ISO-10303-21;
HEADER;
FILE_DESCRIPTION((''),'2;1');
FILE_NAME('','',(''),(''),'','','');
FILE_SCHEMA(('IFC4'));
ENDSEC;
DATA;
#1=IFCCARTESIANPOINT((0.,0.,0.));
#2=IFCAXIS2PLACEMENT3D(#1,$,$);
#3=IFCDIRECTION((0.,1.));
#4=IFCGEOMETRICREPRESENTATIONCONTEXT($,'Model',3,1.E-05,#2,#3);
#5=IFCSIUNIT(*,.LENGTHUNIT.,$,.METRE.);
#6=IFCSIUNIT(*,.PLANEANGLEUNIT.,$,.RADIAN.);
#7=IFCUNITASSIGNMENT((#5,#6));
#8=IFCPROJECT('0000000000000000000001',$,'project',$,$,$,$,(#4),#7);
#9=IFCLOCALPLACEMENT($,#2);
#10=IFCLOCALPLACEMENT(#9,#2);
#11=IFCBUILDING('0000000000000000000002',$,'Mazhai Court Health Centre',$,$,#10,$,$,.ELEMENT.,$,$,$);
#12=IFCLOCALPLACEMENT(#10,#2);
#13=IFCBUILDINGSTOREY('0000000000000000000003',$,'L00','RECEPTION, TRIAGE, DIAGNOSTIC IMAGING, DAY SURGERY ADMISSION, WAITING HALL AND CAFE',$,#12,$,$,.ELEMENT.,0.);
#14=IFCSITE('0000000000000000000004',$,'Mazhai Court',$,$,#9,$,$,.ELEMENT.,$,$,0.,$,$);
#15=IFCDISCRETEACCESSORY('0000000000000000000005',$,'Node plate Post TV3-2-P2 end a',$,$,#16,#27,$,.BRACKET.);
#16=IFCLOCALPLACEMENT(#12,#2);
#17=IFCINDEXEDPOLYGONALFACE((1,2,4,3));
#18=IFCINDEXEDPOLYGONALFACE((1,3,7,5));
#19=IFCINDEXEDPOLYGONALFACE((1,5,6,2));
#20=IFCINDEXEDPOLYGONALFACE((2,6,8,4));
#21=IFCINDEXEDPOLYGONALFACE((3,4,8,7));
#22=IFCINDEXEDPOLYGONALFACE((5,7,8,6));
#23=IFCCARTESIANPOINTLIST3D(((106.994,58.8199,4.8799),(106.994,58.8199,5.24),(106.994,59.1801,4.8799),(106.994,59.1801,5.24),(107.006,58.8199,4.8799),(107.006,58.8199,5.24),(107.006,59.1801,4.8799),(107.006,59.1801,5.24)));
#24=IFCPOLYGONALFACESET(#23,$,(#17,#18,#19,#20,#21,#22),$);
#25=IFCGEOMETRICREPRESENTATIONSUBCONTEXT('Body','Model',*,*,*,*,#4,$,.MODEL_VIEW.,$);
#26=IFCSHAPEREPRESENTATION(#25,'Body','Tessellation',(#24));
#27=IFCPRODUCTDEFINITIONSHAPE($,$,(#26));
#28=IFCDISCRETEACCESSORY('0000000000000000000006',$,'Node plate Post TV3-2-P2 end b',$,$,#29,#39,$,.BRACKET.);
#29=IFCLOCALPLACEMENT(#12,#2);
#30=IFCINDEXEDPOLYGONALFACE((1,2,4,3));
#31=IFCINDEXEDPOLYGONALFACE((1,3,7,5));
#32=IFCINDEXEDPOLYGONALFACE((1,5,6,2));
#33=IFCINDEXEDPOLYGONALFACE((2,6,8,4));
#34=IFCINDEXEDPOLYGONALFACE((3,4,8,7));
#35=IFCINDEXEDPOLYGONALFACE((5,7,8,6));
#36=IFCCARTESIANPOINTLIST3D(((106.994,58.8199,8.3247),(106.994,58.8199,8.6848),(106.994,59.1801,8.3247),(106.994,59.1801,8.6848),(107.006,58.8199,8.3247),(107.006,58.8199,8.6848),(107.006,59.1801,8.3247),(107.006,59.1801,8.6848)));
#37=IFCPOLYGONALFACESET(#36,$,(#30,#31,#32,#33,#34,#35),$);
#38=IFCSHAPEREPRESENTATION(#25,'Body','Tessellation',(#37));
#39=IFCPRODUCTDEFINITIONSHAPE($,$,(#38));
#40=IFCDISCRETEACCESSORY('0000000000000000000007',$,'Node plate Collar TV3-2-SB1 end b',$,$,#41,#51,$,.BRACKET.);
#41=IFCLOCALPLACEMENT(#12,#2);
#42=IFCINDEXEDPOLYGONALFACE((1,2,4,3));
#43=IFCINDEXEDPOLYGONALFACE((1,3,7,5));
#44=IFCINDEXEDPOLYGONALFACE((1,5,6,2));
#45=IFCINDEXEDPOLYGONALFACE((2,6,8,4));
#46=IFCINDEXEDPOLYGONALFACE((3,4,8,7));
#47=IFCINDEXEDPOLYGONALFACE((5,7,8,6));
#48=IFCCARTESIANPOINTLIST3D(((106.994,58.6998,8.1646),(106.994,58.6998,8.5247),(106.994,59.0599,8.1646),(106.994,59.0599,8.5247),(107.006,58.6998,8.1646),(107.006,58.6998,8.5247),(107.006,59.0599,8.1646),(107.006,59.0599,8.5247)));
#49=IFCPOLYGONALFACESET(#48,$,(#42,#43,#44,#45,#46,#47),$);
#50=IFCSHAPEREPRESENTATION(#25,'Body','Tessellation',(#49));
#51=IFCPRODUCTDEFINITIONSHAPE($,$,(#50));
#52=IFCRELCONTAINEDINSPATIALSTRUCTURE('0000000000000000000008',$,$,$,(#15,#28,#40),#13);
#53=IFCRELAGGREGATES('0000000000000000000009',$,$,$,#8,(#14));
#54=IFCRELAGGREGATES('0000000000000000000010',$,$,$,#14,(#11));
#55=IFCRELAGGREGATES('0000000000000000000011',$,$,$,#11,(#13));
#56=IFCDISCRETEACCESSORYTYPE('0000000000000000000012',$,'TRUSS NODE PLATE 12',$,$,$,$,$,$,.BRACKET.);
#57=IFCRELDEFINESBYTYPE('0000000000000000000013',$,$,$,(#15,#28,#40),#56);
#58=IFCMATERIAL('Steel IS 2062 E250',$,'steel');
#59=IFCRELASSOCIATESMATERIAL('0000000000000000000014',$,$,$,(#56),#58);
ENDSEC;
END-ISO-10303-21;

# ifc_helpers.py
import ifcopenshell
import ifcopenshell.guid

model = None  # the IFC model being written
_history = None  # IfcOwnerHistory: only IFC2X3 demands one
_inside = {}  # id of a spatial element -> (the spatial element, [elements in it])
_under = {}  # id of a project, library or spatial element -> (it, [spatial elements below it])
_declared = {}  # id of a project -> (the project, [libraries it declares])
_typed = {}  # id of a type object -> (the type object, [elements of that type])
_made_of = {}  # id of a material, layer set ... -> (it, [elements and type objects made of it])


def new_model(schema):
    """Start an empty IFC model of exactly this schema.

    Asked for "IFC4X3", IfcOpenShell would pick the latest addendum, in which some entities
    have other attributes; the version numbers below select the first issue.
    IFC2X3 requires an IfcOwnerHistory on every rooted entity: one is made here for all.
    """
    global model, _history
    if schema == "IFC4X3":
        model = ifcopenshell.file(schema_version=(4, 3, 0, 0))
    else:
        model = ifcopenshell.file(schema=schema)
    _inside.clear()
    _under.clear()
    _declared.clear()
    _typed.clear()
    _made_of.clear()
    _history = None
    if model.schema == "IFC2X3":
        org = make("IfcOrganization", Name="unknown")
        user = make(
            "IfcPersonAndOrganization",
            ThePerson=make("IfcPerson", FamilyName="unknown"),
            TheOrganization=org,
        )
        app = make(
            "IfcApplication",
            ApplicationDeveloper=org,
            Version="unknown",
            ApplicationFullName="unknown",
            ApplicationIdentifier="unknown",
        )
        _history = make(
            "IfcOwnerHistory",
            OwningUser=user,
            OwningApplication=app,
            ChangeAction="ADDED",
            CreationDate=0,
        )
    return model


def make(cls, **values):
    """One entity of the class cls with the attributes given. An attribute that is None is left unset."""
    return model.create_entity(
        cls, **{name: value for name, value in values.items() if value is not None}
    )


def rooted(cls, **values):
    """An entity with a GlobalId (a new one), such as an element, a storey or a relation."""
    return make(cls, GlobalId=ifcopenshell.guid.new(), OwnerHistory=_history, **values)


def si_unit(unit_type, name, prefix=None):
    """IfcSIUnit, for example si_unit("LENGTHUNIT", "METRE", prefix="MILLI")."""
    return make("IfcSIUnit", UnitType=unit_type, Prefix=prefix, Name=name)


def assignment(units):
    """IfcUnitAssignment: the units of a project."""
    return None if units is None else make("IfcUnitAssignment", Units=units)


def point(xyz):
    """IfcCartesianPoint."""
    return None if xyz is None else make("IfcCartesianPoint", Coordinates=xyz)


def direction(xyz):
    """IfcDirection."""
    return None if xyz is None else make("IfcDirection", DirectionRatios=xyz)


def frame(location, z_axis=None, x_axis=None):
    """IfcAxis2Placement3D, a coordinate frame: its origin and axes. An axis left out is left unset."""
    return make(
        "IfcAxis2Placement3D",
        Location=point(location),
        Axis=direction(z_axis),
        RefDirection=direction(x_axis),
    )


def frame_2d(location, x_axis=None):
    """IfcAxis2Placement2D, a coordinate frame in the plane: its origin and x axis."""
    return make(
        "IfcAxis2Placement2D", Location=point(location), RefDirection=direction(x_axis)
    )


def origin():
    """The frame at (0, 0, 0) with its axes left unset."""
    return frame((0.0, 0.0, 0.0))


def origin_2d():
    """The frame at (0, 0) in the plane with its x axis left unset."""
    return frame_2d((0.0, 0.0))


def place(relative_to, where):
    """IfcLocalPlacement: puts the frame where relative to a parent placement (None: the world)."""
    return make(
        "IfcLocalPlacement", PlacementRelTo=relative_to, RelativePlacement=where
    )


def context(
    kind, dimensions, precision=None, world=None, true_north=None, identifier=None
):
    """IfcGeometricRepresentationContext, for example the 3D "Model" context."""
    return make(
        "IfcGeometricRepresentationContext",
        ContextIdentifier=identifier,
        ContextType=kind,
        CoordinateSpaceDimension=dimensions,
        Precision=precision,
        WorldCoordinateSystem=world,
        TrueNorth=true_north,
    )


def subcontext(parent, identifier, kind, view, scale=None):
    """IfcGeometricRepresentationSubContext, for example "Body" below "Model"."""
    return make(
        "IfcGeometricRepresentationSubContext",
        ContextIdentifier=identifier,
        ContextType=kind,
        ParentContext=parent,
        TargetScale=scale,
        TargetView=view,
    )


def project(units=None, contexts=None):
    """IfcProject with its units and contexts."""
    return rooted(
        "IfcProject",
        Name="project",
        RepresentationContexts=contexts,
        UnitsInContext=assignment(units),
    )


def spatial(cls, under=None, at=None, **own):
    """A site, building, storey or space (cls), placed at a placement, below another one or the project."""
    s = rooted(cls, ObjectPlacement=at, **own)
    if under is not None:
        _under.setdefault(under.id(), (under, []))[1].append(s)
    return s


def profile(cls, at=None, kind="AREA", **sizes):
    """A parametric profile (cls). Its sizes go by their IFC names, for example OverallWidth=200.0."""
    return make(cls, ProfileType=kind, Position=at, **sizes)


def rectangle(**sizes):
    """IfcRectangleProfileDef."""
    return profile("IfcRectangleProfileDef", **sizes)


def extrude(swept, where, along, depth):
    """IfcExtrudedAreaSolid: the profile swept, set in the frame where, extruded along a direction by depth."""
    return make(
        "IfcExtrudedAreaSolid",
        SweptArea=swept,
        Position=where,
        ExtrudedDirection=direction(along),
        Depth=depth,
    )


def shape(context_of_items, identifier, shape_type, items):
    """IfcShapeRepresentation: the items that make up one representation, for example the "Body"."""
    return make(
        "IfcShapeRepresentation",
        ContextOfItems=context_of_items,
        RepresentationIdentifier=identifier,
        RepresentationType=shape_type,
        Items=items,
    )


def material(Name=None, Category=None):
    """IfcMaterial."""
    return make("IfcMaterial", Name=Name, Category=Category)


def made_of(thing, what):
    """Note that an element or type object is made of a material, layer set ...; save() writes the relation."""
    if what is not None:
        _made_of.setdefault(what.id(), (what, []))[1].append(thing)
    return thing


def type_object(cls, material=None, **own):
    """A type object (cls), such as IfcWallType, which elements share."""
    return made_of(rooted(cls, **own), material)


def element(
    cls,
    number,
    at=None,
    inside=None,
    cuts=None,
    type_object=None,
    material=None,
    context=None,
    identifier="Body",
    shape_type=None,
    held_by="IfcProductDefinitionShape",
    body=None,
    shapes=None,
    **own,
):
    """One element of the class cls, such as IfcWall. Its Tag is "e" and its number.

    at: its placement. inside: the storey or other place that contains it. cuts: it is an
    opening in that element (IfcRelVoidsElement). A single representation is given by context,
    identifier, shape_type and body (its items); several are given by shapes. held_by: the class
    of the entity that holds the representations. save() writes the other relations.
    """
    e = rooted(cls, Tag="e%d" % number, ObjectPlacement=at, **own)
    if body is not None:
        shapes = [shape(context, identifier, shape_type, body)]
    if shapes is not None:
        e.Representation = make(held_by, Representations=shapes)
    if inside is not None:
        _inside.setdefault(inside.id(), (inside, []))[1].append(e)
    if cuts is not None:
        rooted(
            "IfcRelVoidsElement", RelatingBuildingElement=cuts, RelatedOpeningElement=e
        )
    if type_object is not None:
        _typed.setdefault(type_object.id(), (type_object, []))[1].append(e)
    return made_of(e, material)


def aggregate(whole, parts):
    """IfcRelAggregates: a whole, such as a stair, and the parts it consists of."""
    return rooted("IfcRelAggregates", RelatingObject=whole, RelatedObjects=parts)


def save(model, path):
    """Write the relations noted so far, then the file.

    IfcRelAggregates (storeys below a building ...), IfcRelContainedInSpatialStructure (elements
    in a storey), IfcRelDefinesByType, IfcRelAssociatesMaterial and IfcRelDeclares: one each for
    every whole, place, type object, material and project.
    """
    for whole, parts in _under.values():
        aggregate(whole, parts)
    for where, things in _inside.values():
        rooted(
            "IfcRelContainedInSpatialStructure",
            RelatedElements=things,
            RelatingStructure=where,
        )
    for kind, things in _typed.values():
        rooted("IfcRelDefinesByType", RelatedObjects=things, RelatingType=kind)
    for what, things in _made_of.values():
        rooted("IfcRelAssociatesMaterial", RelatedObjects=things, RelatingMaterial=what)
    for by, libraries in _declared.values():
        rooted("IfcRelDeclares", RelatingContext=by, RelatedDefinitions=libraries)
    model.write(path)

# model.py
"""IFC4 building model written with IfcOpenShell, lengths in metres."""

from ifc_helpers import new_model, si_unit, direction, frame, origin, origin_2d, place, context, subcontext, project, spatial, rectangle, extrude, material, type_object, element, save


model = new_model("IFC4")

# Units and contexts
model_context = context("Model", 3, precision=1e-05, world=origin(), true_north=direction((0.0, 1.0)))
body_context = subcontext(model_context, "Body", "Model", "MODEL_VIEW")
ifc_project = project(units=[si_unit("LENGTHUNIT", "METRE"), si_unit("PLANEANGLEUNIT", "RADIAN")], contexts=[model_context])

# Site, building, storey
site_placement = place(None, origin())
site = spatial("IfcSite", under=ifc_project, at=site_placement, Name="Mazhai Court", CompositionType="ELEMENT", RefElevation=0.0)
building_placement = place(site_placement, origin())
building = spatial("IfcBuilding", under=site, at=building_placement, Name="Mazhai Court Health Centre", CompositionType="ELEMENT")
storey_placement = place(building_placement, origin())
storey = spatial("IfcBuildingStorey", under=building, at=storey_placement, Name="L00", Description="RECEPTION, TRIAGE, DIAGNOSTIC IMAGING, DAY SURGERY ADMISSION, WAITING HALL AND CAFE", CompositionType="ELEMENT", Elevation=0.0)

# Discrete accessories
ifc_material_1 = material(Name="Steel IS 2062 E250", Category="steel")
discrete_accessory_type_1 = type_object("IfcDiscreteAccessoryType", Name="TRUSS NODE PLATE 12", PredefinedType="BRACKET", material=ifc_material_1)
for number, where, z_axis, x_axis, name in (
    (1, (107.0, 59.0, 4.8799), (0.0, 0.0, 1.0), (1.0, 0.0, 0.0), "Node plate Post TV3-2-P2 end a"),
    (2, (107.0, 59.0, 8.3247), (0.0, 0.0, 1.0), (1.0, 0.0, 0.0), "Node plate Post TV3-2-P2 end b"),
    (3, (107.0, 58.8799, 8.1646), (0.0, 0.0, 1.0), (1.0, 0.0, 0.0), "Node plate Collar TV3-2-SB1 end b"),
):
    element("IfcDiscreteAccessory", number, at=place(storey_placement, frame(where, z_axis=z_axis, x_axis=x_axis)), inside=storey, type_object=discrete_accessory_type_1, Name=name, PredefinedType="BRACKET", context=body_context, shape_type="SweptSolid", body=[
        extrude(rectangle(XDim=0.012, YDim=0.3601, at=origin_2d()), origin(), (0.0, 0.0, 1.0), 0.3601),
    ])

save(model, "model.ifc")
